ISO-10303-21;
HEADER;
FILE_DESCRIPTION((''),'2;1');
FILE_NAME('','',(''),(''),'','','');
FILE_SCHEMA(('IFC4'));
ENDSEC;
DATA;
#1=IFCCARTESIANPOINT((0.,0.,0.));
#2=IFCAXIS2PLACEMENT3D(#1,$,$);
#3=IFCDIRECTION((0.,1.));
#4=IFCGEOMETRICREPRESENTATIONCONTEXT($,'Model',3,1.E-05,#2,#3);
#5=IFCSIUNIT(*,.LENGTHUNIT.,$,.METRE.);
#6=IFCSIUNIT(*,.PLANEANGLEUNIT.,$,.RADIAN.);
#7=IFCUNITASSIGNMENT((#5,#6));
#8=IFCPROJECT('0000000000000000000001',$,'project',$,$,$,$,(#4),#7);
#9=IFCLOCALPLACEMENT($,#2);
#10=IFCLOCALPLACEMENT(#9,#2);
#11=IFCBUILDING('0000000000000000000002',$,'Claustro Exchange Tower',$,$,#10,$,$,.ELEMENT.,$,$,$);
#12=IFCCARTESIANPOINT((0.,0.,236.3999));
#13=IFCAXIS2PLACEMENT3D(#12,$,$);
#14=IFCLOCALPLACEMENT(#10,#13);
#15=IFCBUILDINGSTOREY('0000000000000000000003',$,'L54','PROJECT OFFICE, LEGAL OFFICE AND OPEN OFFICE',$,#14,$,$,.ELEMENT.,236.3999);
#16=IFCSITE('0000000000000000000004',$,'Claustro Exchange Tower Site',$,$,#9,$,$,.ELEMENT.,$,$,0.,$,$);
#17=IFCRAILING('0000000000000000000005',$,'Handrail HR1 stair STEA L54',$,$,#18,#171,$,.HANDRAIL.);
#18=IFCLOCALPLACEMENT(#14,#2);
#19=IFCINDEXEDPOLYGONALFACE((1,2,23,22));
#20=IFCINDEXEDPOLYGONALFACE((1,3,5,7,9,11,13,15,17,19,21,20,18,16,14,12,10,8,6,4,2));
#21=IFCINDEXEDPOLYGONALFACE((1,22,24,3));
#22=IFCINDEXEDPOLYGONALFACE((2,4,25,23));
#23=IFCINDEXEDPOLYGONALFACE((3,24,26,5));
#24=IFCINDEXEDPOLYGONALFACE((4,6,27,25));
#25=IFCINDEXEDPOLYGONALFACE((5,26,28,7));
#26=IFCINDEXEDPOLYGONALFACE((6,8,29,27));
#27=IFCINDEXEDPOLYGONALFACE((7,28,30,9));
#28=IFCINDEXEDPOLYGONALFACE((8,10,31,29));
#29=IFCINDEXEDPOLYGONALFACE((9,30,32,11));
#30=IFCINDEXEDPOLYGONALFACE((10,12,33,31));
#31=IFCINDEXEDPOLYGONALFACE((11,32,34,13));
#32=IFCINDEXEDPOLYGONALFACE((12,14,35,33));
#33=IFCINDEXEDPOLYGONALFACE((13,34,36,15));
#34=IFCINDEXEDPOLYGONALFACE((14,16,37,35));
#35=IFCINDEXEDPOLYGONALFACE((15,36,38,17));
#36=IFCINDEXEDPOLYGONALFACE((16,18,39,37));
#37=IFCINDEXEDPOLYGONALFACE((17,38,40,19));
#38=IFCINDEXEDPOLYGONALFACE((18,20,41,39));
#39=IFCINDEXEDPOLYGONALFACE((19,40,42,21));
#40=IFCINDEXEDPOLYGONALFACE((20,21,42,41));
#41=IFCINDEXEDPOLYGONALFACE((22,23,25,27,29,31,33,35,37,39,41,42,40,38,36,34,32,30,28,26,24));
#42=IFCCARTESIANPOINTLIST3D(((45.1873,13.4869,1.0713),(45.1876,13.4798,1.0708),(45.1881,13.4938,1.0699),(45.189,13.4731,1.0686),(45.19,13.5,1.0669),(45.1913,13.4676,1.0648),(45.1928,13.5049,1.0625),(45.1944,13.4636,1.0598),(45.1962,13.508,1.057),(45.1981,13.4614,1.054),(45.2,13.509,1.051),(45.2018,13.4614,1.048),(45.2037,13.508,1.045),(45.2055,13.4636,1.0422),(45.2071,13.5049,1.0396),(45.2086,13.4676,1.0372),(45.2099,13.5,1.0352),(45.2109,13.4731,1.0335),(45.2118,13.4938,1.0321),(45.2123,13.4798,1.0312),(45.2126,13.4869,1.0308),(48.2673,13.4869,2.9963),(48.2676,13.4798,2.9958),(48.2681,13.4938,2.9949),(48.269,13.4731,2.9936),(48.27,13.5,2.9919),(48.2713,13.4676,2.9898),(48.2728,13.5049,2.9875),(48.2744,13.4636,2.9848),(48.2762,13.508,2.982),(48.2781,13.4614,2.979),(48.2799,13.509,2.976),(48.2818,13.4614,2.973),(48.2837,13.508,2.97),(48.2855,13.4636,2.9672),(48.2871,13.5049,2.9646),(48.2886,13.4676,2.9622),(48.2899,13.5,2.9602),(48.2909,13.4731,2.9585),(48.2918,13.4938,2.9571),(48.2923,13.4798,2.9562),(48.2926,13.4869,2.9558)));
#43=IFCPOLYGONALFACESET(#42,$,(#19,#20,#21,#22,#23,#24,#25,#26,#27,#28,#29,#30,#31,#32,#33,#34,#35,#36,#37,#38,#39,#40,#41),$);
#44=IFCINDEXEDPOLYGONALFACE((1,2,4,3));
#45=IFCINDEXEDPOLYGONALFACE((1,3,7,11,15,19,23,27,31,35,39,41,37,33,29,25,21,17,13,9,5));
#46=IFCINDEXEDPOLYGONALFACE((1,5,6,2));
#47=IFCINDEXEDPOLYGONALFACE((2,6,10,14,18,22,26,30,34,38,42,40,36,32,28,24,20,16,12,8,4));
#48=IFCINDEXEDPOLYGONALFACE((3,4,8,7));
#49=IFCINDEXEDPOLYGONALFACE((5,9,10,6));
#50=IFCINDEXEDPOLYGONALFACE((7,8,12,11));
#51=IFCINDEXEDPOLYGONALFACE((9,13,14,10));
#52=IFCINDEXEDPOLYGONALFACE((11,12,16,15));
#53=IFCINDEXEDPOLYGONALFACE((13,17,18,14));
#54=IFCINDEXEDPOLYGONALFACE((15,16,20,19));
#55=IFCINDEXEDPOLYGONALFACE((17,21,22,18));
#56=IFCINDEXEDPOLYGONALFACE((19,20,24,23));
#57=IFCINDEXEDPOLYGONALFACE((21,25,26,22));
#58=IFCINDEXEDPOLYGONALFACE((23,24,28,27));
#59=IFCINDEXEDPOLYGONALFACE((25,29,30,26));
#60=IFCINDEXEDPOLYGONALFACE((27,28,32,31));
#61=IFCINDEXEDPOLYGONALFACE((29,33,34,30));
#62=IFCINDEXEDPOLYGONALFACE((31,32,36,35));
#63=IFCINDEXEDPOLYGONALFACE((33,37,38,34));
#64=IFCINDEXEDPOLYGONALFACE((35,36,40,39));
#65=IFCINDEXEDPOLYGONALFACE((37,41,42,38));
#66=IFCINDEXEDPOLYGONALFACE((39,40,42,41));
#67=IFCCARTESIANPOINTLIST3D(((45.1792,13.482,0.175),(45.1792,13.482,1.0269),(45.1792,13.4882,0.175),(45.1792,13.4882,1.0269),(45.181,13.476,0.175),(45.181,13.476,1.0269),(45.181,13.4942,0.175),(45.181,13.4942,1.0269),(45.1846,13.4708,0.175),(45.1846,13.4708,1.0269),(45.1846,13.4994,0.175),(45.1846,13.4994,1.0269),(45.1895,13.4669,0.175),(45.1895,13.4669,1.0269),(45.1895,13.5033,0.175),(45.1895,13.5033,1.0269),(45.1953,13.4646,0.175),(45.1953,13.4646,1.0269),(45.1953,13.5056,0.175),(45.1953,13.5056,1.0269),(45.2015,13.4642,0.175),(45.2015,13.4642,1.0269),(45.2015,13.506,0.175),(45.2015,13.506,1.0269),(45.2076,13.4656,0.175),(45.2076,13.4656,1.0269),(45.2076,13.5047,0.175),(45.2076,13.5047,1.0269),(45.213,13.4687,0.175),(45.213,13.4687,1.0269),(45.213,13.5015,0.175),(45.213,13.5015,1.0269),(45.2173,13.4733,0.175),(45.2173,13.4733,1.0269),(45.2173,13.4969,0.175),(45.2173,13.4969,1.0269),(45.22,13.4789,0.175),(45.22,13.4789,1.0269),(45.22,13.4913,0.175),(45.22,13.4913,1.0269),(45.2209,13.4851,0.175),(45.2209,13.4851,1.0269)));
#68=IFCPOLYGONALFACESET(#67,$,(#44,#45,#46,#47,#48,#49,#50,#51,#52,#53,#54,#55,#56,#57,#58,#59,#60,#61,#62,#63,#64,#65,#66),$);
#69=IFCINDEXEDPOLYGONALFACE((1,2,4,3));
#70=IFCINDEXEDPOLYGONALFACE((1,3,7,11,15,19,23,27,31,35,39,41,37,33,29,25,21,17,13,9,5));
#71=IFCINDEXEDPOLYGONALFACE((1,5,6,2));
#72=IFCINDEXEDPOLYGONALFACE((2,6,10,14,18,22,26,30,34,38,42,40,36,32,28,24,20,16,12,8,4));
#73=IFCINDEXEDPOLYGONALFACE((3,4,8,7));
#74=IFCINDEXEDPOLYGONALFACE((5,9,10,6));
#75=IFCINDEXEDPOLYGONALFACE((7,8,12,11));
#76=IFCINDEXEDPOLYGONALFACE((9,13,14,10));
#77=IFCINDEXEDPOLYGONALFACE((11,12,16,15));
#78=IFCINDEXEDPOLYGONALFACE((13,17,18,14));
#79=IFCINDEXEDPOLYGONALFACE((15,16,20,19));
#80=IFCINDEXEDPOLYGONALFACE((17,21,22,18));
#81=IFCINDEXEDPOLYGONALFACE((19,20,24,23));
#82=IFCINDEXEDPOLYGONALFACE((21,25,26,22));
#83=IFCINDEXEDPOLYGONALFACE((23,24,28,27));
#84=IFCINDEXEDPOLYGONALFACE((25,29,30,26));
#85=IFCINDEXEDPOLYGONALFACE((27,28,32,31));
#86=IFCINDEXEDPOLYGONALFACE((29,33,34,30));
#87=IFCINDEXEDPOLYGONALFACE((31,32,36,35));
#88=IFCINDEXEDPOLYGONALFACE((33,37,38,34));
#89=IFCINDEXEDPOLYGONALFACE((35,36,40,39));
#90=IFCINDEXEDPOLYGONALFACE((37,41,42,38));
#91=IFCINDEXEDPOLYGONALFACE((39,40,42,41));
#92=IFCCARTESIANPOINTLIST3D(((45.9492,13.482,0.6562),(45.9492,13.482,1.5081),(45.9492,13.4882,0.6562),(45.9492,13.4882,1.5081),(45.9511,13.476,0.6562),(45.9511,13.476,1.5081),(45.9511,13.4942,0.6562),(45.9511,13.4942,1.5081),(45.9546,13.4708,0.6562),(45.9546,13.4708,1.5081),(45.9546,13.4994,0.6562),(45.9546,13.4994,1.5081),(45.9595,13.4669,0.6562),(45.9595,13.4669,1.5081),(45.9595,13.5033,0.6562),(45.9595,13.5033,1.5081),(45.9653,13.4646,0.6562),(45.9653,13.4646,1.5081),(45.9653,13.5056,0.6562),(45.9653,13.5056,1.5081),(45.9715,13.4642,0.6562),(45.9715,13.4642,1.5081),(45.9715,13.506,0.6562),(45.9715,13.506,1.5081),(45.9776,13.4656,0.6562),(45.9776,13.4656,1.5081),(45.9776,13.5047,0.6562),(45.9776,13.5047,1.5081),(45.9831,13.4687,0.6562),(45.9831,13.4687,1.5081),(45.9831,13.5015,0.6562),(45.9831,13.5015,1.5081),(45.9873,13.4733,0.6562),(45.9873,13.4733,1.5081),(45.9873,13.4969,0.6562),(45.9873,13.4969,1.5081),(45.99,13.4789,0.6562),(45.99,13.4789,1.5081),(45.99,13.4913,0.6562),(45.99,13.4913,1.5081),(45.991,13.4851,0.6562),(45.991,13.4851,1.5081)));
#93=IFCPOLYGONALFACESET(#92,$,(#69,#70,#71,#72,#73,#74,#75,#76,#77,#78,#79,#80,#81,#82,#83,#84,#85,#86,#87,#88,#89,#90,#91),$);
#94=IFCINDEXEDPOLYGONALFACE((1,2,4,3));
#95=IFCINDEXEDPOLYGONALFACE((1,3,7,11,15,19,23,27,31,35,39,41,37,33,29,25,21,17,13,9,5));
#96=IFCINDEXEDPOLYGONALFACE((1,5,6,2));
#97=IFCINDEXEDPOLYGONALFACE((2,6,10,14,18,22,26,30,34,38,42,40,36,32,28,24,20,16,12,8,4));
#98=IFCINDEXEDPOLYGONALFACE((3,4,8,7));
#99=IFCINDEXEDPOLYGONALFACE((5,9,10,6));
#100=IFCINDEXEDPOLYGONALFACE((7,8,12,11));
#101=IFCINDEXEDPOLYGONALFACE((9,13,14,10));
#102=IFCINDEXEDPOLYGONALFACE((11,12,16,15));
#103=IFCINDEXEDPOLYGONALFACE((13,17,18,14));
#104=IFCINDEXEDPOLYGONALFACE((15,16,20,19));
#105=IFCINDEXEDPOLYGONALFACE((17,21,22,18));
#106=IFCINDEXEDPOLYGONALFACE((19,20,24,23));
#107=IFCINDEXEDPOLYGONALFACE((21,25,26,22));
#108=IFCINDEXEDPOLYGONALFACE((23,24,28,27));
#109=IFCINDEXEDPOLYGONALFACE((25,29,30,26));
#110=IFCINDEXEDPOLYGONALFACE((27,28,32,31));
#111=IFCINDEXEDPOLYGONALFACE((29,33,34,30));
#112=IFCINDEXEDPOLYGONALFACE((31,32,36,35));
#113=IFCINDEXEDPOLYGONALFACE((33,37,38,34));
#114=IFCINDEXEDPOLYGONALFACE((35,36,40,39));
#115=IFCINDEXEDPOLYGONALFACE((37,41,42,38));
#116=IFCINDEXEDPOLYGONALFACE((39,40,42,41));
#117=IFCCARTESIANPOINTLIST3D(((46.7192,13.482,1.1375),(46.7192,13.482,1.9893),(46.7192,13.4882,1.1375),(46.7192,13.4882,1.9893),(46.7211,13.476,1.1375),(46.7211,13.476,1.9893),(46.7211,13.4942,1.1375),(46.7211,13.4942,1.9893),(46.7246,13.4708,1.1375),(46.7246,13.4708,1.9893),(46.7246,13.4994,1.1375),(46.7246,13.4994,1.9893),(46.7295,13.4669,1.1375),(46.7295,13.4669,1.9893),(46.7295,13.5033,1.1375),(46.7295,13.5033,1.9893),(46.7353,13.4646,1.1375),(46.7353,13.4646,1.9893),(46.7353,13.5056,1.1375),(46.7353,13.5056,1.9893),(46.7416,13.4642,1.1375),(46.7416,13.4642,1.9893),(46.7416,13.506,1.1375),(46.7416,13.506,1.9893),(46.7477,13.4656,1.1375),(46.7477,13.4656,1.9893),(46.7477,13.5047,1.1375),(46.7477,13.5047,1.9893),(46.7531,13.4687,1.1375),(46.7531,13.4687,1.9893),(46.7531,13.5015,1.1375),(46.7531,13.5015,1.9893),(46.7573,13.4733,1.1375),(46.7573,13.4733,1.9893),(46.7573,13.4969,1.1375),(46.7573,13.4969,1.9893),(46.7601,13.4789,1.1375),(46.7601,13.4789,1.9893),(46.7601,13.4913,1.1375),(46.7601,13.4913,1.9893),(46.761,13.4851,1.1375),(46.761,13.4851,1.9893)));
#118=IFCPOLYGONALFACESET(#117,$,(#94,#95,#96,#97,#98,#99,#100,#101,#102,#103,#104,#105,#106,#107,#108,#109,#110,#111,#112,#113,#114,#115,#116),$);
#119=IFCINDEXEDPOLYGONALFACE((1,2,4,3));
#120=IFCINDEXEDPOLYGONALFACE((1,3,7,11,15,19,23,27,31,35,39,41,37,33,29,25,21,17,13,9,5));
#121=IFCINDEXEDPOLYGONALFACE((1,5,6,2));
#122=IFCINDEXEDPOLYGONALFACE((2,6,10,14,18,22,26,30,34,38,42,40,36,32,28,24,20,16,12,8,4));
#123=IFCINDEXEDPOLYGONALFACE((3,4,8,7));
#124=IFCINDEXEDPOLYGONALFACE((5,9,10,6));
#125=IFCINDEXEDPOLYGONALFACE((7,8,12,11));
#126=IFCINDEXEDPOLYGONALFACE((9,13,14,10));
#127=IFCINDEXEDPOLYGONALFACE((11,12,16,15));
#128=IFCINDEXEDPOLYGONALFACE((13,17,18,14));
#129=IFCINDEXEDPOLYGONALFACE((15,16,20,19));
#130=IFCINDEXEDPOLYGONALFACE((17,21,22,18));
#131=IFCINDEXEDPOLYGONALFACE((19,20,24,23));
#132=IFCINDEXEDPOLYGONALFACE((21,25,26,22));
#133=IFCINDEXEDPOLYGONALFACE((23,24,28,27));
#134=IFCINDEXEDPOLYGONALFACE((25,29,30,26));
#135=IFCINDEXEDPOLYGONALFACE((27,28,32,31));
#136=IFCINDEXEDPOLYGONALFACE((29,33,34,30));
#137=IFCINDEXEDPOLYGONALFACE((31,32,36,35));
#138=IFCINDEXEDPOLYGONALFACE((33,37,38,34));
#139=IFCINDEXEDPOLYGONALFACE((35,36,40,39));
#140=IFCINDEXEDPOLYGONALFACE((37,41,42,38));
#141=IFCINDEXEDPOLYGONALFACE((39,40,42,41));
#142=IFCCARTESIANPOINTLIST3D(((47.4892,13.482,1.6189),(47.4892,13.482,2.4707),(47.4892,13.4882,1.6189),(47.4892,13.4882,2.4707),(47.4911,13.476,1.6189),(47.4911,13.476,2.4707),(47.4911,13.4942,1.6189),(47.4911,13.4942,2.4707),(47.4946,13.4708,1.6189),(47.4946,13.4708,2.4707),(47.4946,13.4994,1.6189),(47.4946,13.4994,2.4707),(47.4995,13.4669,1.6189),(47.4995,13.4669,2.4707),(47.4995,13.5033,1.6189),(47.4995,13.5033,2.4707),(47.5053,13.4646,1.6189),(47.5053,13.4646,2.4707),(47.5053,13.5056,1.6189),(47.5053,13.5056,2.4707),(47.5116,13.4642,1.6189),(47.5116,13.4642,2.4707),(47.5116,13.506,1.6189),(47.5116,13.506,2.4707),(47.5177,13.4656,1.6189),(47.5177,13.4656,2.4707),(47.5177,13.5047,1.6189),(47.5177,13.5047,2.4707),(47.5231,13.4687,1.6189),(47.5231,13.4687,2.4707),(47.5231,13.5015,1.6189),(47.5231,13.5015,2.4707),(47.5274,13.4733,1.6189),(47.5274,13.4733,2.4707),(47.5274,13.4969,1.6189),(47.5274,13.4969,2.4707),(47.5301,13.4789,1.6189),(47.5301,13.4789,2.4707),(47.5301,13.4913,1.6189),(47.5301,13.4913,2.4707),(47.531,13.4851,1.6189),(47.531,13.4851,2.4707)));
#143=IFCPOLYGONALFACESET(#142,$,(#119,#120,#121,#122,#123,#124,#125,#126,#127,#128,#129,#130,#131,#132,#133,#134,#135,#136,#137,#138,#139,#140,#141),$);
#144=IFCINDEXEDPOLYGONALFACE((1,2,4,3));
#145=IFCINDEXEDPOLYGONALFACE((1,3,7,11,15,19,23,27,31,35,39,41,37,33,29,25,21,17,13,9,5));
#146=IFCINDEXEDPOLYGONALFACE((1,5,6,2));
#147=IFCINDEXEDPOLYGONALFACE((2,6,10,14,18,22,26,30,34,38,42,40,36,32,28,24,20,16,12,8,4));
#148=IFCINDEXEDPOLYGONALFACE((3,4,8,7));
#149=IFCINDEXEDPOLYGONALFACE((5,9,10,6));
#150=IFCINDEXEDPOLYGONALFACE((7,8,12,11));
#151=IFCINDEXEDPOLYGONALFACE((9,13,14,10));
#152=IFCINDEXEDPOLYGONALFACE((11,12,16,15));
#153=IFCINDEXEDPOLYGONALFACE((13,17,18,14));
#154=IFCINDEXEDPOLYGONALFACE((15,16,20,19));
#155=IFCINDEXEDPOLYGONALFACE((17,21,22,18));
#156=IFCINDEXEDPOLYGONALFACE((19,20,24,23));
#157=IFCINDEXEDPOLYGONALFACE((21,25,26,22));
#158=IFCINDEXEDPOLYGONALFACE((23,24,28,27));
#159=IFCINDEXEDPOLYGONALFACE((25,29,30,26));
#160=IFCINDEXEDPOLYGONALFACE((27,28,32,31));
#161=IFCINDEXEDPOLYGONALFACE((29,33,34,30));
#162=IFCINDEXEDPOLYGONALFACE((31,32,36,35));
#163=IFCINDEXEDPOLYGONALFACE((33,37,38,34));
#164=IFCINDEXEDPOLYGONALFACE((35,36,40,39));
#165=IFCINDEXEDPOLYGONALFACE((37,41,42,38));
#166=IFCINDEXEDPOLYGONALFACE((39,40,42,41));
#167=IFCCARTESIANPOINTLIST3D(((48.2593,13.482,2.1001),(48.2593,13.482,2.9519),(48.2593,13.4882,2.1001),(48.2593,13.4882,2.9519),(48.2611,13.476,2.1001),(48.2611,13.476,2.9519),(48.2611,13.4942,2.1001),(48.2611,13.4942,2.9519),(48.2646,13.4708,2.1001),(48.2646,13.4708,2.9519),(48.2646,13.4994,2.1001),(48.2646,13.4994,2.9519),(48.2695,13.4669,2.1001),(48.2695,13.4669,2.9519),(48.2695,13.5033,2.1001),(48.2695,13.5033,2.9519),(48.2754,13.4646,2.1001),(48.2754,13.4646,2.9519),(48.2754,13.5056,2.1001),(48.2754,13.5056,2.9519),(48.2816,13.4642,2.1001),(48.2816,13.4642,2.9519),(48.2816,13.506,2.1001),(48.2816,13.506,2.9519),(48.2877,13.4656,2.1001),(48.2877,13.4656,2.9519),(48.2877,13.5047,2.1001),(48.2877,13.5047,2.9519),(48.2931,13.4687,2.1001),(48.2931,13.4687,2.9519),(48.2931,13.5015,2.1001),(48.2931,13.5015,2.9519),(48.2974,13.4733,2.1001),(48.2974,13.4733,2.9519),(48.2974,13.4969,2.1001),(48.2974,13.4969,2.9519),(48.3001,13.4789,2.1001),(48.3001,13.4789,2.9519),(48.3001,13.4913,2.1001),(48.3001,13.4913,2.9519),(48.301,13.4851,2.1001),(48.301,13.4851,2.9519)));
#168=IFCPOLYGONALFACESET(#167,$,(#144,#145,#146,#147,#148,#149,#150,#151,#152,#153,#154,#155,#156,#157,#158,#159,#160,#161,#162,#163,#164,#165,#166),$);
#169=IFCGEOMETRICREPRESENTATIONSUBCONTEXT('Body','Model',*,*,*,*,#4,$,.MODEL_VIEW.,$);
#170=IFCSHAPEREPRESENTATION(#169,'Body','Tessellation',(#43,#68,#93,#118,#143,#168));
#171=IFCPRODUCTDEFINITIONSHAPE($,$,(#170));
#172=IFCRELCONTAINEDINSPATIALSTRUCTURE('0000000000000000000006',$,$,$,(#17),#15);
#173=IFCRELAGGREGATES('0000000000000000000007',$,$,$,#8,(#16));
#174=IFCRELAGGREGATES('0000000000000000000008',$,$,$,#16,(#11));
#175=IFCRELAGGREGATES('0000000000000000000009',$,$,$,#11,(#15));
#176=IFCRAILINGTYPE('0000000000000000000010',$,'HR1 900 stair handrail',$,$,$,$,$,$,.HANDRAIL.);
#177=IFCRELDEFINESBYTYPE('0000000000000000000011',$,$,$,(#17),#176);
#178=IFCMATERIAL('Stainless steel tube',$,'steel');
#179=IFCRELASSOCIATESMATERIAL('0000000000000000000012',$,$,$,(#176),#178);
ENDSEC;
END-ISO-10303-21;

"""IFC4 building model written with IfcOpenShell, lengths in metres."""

from ifc_helpers import new_model, si_unit, direction, frame, origin, origin_2d, place, context, subcontext, project, spatial, circle, extrude, material, type_object, element, save


model = new_model("IFC4")

# Units and contexts
model_context = context("Model", 3, precision=1e-05, world=origin(), true_north=direction((0.0, 1.0)))
body_context = subcontext(model_context, "Body", "Model", "MODEL_VIEW")
ifc_project = project(units=[si_unit("LENGTHUNIT", "METRE"), si_unit("PLANEANGLEUNIT", "RADIAN")], contexts=[model_context])

# Site, building, storey
site_placement = place(None, origin())
site = spatial("IfcSite", under=ifc_project, at=site_placement, Name="Claustro Exchange Tower Site", CompositionType="ELEMENT", RefElevation=0.0)
building_placement = place(site_placement, origin())
building = spatial("IfcBuilding", under=site, at=building_placement, Name="Claustro Exchange Tower", CompositionType="ELEMENT")
storey_placement = place(building_placement, frame((0.0, 0.0, 236.3999)))
storey = spatial("IfcBuildingStorey", under=building, at=storey_placement, Name="L54", Description="PROJECT OFFICE, LEGAL OFFICE AND OPEN OFFICE", CompositionType="ELEMENT", Elevation=236.3999)

# Railing
ifc_material_1 = material(Name="Stainless steel tube", Category="steel")
railing_type = type_object("IfcRailingType", Name="HR1 900 stair handrail", PredefinedType="HANDRAIL", material=ifc_material_1)
railing_placement = place(storey_placement, frame((45.2, 13.4851, 0.175)))
element("IfcRailing", 1, at=railing_placement, inside=storey, type_object=railing_type, Name="Handrail HR1 stair STEA L54", PredefinedType="HANDRAIL", context=body_context, shape_type="SweptSolid", body=[
    extrude(circle(Radius=0.0239, at=origin_2d()), frame((0.0, 0.0, 0.876), z_axis=(0.847998, 0.0, 0.529999), x_axis=(0.0, 1.0, 0.0)), (0.0, 0.0, 1.0), 3.6321),
    extrude(circle(Radius=0.021, at=origin_2d()), origin(), (0.0, 0.0, 1.0), 0.8518),
    extrude(circle(Radius=0.021, at=origin_2d()), frame((0.77, 0.0, 0.4812)), (0.0, 0.0, 1.0), 0.8518),
    extrude(circle(Radius=0.021, at=origin_2d()), frame((1.54, 0.0, 0.9624)), (0.0, 0.0, 1.0), 0.8518),
    extrude(circle(Radius=0.021, at=origin_2d()), frame((2.3101, 0.0, 1.4438)), (0.0, 0.0, 1.0), 0.8518),
    extrude(circle(Radius=0.021, at=origin_2d()), frame((3.0801, 0.0, 1.925)), (0.0, 0.0, 1.0), 0.8518),
])

save(model, "model.ifc")
